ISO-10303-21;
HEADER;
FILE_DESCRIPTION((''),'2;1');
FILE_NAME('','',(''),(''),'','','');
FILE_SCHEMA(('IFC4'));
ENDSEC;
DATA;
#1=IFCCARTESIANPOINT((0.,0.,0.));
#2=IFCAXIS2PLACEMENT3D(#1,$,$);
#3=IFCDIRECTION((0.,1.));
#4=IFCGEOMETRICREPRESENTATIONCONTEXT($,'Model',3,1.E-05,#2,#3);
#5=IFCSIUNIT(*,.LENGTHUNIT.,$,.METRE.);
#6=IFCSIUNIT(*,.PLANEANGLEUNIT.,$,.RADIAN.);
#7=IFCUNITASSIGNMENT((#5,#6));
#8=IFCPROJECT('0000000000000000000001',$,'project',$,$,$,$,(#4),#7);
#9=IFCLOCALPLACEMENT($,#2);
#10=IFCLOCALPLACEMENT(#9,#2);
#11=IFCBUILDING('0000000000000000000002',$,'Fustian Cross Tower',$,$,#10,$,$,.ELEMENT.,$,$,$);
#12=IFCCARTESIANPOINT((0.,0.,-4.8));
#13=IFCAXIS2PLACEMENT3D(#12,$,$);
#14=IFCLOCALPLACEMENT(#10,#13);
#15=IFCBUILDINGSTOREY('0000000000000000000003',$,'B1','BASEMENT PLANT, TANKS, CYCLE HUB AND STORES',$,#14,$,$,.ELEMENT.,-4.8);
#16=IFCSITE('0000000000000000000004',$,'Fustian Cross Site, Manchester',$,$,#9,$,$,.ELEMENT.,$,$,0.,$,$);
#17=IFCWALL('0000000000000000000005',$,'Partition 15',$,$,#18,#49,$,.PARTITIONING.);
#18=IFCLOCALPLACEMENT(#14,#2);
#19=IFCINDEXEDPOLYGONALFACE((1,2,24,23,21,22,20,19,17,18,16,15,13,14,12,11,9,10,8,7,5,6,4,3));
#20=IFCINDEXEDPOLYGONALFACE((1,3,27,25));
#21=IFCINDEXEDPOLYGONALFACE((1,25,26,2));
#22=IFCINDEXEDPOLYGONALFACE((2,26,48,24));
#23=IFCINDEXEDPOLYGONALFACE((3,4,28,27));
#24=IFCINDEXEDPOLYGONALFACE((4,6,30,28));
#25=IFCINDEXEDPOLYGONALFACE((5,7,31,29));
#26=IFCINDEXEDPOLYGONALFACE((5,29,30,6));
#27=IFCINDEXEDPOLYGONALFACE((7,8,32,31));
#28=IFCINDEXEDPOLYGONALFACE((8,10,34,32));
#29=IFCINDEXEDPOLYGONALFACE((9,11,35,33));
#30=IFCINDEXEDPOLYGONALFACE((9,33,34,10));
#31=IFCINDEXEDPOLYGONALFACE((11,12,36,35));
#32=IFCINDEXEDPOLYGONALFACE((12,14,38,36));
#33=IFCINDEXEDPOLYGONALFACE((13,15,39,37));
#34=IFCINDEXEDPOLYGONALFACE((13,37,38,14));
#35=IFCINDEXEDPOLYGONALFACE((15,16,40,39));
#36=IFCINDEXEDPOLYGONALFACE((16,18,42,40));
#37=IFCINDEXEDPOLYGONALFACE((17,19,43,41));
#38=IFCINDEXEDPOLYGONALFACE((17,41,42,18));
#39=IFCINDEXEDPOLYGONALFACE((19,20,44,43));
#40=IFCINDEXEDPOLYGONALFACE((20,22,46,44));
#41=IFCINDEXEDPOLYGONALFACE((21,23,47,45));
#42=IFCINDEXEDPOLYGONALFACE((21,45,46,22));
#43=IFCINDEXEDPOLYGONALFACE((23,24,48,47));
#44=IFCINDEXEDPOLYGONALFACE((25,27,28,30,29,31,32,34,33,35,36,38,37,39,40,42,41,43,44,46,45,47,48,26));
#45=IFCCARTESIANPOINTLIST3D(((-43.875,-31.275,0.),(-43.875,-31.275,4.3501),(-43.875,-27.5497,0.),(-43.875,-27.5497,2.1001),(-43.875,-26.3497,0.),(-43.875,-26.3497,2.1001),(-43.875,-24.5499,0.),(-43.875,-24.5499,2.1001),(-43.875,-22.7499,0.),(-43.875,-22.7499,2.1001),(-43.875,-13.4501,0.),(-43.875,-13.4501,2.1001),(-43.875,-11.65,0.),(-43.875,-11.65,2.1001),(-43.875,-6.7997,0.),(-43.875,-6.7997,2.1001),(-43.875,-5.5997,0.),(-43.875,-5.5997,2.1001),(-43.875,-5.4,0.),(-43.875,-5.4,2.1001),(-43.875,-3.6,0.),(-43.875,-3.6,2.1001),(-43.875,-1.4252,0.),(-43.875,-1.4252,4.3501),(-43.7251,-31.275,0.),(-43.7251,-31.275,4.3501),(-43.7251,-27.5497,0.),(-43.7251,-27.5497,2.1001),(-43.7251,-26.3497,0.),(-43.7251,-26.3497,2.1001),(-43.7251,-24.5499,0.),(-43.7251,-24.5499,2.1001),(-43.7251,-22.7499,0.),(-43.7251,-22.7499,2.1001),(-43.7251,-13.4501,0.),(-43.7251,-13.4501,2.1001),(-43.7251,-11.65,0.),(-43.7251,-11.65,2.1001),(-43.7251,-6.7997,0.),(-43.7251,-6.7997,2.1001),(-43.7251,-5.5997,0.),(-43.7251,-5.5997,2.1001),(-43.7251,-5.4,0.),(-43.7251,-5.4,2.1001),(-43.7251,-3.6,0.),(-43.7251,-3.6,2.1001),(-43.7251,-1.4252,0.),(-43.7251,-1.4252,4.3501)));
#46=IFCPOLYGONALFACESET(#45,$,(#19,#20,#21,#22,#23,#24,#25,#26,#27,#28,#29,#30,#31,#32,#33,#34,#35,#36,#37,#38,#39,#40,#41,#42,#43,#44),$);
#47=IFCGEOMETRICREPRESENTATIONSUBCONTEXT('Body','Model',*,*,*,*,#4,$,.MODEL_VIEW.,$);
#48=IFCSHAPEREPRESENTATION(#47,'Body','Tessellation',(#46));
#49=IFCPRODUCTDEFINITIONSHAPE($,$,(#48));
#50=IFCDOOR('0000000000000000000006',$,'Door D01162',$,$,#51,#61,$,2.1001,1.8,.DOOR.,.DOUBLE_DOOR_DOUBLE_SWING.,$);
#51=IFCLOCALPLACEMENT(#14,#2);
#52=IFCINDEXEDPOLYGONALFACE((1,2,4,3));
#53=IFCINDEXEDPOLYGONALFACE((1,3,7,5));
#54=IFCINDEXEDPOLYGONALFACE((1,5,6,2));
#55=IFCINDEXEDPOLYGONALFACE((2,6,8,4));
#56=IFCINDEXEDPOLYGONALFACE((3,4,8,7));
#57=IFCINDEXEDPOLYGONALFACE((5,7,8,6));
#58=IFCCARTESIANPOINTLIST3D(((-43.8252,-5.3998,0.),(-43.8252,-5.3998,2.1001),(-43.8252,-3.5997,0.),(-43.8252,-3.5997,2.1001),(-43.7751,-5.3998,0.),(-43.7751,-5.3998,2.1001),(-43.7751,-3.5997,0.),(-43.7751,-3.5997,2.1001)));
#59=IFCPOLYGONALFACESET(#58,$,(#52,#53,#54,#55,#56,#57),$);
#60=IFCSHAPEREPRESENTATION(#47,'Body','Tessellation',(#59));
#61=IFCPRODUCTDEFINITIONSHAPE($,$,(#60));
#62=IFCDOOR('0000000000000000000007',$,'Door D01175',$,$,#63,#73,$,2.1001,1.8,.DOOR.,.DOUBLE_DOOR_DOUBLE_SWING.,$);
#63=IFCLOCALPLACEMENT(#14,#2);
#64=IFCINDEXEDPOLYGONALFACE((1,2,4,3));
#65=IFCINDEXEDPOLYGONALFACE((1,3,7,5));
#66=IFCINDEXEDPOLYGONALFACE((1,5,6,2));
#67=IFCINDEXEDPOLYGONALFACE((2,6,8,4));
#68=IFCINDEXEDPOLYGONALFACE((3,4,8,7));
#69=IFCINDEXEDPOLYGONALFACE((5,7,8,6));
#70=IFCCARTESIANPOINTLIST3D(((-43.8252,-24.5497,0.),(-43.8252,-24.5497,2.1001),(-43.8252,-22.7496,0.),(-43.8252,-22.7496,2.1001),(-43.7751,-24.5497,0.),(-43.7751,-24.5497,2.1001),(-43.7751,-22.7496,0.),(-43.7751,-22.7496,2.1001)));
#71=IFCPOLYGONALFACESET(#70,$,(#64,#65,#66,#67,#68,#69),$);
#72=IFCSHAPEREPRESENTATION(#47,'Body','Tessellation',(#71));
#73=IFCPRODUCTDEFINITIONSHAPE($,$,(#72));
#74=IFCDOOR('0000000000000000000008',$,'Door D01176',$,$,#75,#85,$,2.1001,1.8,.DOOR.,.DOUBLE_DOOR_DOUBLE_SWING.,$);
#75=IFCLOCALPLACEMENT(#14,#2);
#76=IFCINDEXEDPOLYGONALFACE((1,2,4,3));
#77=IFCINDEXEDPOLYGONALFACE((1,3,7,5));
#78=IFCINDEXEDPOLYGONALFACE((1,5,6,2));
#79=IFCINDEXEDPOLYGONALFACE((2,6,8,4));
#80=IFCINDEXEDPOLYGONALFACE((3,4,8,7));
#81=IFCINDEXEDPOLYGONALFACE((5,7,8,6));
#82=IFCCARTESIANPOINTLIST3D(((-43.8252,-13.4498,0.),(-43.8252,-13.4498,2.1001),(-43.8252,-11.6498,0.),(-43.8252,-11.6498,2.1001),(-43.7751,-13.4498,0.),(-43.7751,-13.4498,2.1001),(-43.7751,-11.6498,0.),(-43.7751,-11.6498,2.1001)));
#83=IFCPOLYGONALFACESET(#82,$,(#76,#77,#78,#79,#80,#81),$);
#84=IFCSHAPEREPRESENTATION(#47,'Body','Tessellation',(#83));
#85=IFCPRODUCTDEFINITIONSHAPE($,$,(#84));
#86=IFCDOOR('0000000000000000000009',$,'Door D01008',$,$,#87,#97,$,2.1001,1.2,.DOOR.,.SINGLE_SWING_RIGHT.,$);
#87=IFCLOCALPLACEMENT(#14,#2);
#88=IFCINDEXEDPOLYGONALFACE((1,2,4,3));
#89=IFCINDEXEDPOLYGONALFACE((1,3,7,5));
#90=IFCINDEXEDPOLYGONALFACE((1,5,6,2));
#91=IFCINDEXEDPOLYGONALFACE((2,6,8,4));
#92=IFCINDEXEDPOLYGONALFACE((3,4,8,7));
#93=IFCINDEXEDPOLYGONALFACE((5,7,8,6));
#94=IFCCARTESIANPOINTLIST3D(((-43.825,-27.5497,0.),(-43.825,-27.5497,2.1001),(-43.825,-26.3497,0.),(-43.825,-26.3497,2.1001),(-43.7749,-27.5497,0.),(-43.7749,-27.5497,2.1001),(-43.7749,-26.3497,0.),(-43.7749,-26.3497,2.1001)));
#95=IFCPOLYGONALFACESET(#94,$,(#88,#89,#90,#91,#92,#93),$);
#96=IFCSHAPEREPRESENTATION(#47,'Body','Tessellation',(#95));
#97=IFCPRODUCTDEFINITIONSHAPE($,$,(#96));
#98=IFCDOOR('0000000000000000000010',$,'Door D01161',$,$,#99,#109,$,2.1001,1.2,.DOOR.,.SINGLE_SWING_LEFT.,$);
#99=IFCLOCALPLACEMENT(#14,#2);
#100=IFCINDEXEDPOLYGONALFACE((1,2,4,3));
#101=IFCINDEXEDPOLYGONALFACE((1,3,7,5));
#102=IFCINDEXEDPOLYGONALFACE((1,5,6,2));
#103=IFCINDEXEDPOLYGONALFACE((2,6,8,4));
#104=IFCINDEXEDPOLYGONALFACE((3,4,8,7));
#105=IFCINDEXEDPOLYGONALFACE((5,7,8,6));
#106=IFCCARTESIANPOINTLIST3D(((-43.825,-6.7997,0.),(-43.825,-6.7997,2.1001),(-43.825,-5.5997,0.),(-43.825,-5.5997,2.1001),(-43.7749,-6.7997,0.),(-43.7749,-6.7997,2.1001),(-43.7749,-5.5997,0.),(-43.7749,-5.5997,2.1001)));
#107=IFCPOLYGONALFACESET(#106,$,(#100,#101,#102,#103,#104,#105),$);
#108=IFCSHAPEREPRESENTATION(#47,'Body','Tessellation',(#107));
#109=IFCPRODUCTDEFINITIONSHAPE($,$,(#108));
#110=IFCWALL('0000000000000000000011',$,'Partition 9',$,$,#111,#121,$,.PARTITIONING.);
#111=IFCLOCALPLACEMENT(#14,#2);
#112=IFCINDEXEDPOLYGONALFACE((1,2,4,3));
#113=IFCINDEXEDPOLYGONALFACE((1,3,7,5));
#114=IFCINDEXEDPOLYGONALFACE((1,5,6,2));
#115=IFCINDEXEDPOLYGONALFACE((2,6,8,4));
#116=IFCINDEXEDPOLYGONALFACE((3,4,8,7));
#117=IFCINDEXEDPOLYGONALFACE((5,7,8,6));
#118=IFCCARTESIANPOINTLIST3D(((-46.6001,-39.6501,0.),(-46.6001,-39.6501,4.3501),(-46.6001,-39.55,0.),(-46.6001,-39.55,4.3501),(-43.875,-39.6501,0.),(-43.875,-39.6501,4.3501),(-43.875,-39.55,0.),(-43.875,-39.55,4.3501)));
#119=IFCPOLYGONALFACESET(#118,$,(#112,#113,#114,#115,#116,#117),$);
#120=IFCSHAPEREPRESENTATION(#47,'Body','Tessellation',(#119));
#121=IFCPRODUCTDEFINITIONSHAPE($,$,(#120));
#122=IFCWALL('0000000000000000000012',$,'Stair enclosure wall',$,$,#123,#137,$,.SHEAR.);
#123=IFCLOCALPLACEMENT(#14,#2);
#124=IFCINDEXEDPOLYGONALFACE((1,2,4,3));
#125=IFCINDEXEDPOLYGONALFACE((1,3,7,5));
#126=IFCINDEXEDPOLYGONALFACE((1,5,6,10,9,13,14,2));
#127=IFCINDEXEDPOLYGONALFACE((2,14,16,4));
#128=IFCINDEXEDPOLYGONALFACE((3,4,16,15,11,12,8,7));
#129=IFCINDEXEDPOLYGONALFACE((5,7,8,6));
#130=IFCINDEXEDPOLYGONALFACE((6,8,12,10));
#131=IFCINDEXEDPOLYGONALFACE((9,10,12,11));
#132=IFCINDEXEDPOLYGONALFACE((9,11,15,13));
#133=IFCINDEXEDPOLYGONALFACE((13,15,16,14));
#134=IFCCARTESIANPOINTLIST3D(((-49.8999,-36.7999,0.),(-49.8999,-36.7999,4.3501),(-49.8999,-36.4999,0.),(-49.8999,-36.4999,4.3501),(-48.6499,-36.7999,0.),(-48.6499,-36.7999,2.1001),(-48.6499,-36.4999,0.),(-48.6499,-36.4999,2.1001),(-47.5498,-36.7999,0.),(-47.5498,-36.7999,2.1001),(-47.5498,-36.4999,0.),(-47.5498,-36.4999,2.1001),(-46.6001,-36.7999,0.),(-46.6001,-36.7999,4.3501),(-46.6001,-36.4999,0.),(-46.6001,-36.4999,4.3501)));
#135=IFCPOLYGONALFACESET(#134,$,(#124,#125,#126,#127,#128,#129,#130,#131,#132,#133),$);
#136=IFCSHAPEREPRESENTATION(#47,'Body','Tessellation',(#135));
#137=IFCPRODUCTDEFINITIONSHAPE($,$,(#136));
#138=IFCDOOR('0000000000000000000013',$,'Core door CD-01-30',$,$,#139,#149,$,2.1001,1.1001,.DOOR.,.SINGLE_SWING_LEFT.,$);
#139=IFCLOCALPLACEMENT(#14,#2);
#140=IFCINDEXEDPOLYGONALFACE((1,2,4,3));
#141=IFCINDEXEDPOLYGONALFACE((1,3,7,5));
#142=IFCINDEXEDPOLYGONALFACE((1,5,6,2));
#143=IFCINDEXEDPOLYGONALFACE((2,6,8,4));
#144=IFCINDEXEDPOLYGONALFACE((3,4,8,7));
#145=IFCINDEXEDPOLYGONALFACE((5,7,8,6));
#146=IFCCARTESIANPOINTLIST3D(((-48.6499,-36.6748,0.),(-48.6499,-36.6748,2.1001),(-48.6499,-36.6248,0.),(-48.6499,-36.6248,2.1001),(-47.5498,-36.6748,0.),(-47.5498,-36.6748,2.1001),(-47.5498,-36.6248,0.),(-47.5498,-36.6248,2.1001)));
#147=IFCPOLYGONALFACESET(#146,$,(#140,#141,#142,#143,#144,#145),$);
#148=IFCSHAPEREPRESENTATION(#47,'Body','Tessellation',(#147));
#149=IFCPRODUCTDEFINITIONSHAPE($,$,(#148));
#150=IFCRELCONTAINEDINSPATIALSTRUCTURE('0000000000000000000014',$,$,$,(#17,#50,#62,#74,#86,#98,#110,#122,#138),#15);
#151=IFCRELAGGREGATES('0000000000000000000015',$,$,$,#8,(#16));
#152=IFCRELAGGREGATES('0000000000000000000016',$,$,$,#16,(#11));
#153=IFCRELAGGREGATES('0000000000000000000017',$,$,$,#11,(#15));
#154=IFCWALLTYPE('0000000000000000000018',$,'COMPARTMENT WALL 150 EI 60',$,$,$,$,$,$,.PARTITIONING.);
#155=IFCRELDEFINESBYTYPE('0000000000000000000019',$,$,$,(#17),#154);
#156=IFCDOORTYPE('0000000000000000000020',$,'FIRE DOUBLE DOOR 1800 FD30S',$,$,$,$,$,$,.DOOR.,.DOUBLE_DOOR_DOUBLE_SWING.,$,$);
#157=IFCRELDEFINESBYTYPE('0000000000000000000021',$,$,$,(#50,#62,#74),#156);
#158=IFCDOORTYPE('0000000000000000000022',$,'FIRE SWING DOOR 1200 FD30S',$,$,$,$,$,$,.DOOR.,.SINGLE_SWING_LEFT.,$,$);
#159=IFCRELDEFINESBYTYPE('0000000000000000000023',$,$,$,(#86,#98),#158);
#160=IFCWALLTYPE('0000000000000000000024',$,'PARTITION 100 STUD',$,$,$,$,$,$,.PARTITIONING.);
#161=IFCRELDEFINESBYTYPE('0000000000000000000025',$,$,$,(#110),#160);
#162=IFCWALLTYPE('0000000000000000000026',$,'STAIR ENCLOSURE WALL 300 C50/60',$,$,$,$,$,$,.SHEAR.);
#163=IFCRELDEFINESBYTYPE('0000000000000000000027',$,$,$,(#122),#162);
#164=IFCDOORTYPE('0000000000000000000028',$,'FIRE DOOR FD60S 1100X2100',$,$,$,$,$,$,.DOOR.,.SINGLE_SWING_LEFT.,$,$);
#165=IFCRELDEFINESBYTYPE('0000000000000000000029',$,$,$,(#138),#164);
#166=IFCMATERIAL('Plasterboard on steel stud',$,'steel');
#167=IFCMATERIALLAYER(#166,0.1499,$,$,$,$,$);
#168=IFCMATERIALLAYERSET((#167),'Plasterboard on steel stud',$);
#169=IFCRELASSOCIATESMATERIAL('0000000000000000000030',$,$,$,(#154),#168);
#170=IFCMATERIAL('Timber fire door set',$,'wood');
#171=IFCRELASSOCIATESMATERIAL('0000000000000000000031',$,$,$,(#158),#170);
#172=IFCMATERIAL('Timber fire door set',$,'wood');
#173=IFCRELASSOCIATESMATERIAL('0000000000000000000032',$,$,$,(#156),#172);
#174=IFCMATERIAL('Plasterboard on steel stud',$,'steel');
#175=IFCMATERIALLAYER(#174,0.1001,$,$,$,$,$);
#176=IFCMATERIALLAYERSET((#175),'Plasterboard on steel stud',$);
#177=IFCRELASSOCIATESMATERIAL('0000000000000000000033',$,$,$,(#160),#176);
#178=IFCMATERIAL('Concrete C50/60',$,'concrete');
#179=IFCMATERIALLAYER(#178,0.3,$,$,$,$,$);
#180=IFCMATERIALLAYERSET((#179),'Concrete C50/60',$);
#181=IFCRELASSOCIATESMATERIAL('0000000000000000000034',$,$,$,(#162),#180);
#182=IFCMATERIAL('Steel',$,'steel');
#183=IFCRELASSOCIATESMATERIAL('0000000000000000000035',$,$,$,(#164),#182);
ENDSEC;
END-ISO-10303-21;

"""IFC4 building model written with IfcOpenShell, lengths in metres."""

from ifc_helpers import new_model, si_unit, direction, frame, frame_2d, origin, place, context, subcontext, project, spatial, rectangle, extrude, material, layer, layer_set, type_object, element, fill, save


model = new_model("IFC4")

# Units and contexts
model_context = context("Model", 3, precision=1e-05, world=origin(), true_north=direction((0.0, 1.0)))
body_context = subcontext(model_context, "Body", "Model", "MODEL_VIEW")
ifc_project = project(units=[si_unit("LENGTHUNIT", "METRE"), si_unit("PLANEANGLEUNIT", "RADIAN")], contexts=[model_context])

# Site, building, storey
site_placement = place(None, origin())
site = spatial("IfcSite", under=ifc_project, at=site_placement, Name="Fustian Cross Site, Manchester", CompositionType="ELEMENT", RefElevation=0.0)
building_placement = place(site_placement, origin())
building = spatial("IfcBuilding", under=site, at=building_placement, Name="Fustian Cross Tower", CompositionType="ELEMENT")
storey_placement = place(building_placement, frame((0.0, 0.0, -4.8)))
storey = spatial("IfcBuildingStorey", under=building, at=storey_placement, Name="B1", Description="BASEMENT PLANT, TANKS, CYCLE HUB AND STORES", CompositionType="ELEMENT", Elevation=-4.8)

# Shared definitions
ifc_material_1 = material(Name="Plasterboard on steel stud", Category="steel")
ifc_layer_1 = layer(ifc_material_1, 0.1499)
ifc_layer_set_1 = layer_set([ifc_layer_1], Name="Plasterboard on steel stud")
wall_type_1 = type_object("IfcWallType", Name="COMPARTMENT WALL 150 EI 60", PredefinedType="PARTITIONING", material=ifc_layer_set_1)
ifc_material_2 = material(Name="Timber fire door set", Category="wood")
door_type_1 = type_object("IfcDoorType", Name="FIRE SWING DOOR 1200 FD30S", OperationType="SINGLE_SWING_LEFT", PredefinedType="DOOR", material=ifc_material_2)

# Wall, openings, doors
wall_1_placement = place(storey_placement, frame((-43.8, -31.2749, 0.0), z_axis=(0.0, 0.0, 1.0), x_axis=(0.0, 1.0, 0.0)))
wall_1 = element("IfcWall", 1, at=wall_1_placement, inside=storey, type_object=wall_type_1, Name="Partition 15", PredefinedType="PARTITIONING", context=body_context, shape_type="SweptSolid", body=[
    extrude(rectangle(XDim=29.8499, YDim=0.1499, at=frame_2d((14.9248, 0.0))), origin(), (0.0, 0.0, 1.0), 4.3501),
])
opening_1_placement = place(wall_1_placement, frame((3.7251, 0.0, 0.0)))
opening_1 = element("IfcOpeningElement", 2, at=opening_1_placement, cuts=wall_1, PredefinedType="OPENING", context=body_context, shape_type="SweptSolid", body=[
    extrude(rectangle(XDim=1.2, YDim=2.1001, at=frame_2d((0.6001, 1.05))), frame((0.0, 0.085, 0.0), z_axis=(0.0, -1.0, 0.0), x_axis=(1.0, 0.0, 0.0)), (0.0, 0.0, 1.0), 0.1699),
])
opening_2_placement = place(wall_1_placement, frame((24.4751, 0.0, 0.0)))
opening_2 = element("IfcOpeningElement", 3, at=opening_2_placement, cuts=wall_1, PredefinedType="OPENING", context=body_context, shape_type="SweptSolid", body=[
    extrude(rectangle(XDim=1.2, YDim=2.1001, at=frame_2d((0.6001, 1.05))), frame((0.0, 0.085, 0.0), z_axis=(0.0, -1.0, 0.0), x_axis=(1.0, 0.0, 0.0)), (0.0, 0.0, 1.0), 0.1699),
])
opening_3_placement = place(wall_1_placement, frame((25.875, 0.0, 0.0)))
opening_3 = element("IfcOpeningElement", 4, at=opening_3_placement, cuts=wall_1, PredefinedType="OPENING", context=body_context, shape_type="SweptSolid", body=[
    extrude(rectangle(XDim=1.8, YDim=2.1001, at=frame_2d((0.8999, 1.05))), frame((0.0, 0.085, 0.0), z_axis=(0.0, -1.0, 0.0), x_axis=(1.0, 0.0, 0.0)), (0.0, 0.0, 1.0), 0.1699),
])
opening_4_placement = place(wall_1_placement, frame((6.7251, 0.0, 0.0)))
opening_4 = element("IfcOpeningElement", 5, at=opening_4_placement, cuts=wall_1, PredefinedType="OPENING", context=body_context, shape_type="SweptSolid", body=[
    extrude(rectangle(XDim=1.8, YDim=2.1001, at=frame_2d((0.8999, 1.05))), frame((0.0, 0.085, 0.0), z_axis=(0.0, -1.0, 0.0), x_axis=(1.0, 0.0, 0.0)), (0.0, 0.0, 1.0), 0.1699),
])
opening_5_placement = place(wall_1_placement, frame((17.825, 0.0, 0.0)))
opening_5 = element("IfcOpeningElement", 6, at=opening_5_placement, cuts=wall_1, PredefinedType="OPENING", context=body_context, shape_type="SweptSolid", body=[
    extrude(rectangle(XDim=1.8, YDim=2.1001, at=frame_2d((0.8999, 1.05))), frame((0.0, 0.085, 0.0), z_axis=(0.0, -1.0, 0.0), x_axis=(1.0, 0.0, 0.0)), (0.0, 0.0, 1.0), 0.1699),
])
ifc_material_3 = material(Name="Timber fire door set", Category="wood")
door_type_2 = type_object("IfcDoorType", Name="FIRE DOUBLE DOOR 1800 FD30S", OperationType="DOUBLE_DOOR_DOUBLE_SWING", PredefinedType="DOOR", material=ifc_material_3)
door_1_placement = place(opening_3_placement, frame((1.8, 0.0, 0.0), z_axis=(0.0, 0.0, 1.0), x_axis=(-1.0, 0.0, 0.0)))
door_1 = element("IfcDoor", 7, at=door_1_placement, inside=storey, type_object=door_type_2, Name="Door D01162", OperationType="DOUBLE_DOOR_DOUBLE_SWING", OverallHeight=2.1001, OverallWidth=1.8, PredefinedType="DOOR", context=body_context, shape_type="SweptSolid", body=[
    extrude(rectangle(XDim=1.8, YDim=2.1001, at=frame_2d((0.8999, 1.05))), frame((0.0, 0.0249, 0.0), z_axis=(0.0, -1.0, 0.0), x_axis=(1.0, 0.0, 0.0)), (0.0, 0.0, 1.0), 0.05),
])
fill(opening_3, door_1)
door_2_placement = place(opening_4_placement, frame((1.8, 0.0, 0.0), z_axis=(0.0, 0.0, 1.0), x_axis=(-1.0, 0.0, 0.0)))
door_2 = element("IfcDoor", 8, at=door_2_placement, inside=storey, type_object=door_type_2, Name="Door D01175", OperationType="DOUBLE_DOOR_DOUBLE_SWING", OverallHeight=2.1001, OverallWidth=1.8, PredefinedType="DOOR", context=body_context, shape_type="SweptSolid", body=[
    extrude(rectangle(XDim=1.8, YDim=2.1001, at=frame_2d((0.8999, 1.05))), frame((0.0, 0.0249, 0.0), z_axis=(0.0, -1.0, 0.0), x_axis=(1.0, 0.0, 0.0)), (0.0, 0.0, 1.0), 0.05),
])
fill(opening_4, door_2)
door_3_placement = place(opening_5_placement, frame((1.8, 0.0, 0.0), z_axis=(0.0, 0.0, 1.0), x_axis=(-1.0, 0.0, 0.0)))
door_3 = element("IfcDoor", 9, at=door_3_placement, inside=storey, type_object=door_type_2, Name="Door D01176", OperationType="DOUBLE_DOOR_DOUBLE_SWING", OverallHeight=2.1001, OverallWidth=1.8, PredefinedType="DOOR", context=body_context, shape_type="SweptSolid", body=[
    extrude(rectangle(XDim=1.8, YDim=2.1001, at=frame_2d((0.8999, 1.05))), frame((0.0, 0.0249, 0.0), z_axis=(0.0, -1.0, 0.0), x_axis=(1.0, 0.0, 0.0)), (0.0, 0.0, 1.0), 0.05),
])
fill(opening_5, door_3)
door_4_placement = place(opening_1_placement, origin())
door_4 = element("IfcDoor", 10, at=door_4_placement, inside=storey, type_object=door_type_1, Name="Door D01008", OperationType="SINGLE_SWING_RIGHT", OverallHeight=2.1001, OverallWidth=1.2, PredefinedType="DOOR", context=body_context, shape_type="SweptSolid", body=[
    extrude(rectangle(XDim=1.2, YDim=2.1001, at=frame_2d((0.6001, 1.05))), frame((0.0, 0.0249, 0.0), z_axis=(0.0, -1.0, 0.0), x_axis=(1.0, 0.0, 0.0)), (0.0, 0.0, 1.0), 0.05),
])
fill(opening_1, door_4)
door_5_placement = place(opening_2_placement, origin())
door_5 = element("IfcDoor", 11, at=door_5_placement, inside=storey, type_object=door_type_1, Name="Door D01161", OperationType="SINGLE_SWING_LEFT", OverallHeight=2.1001, OverallWidth=1.2, PredefinedType="DOOR", context=body_context, shape_type="SweptSolid", body=[
    extrude(rectangle(XDim=1.2, YDim=2.1001, at=frame_2d((0.6001, 1.05))), frame((0.0, 0.0249, 0.0), z_axis=(0.0, -1.0, 0.0), x_axis=(1.0, 0.0, 0.0)), (0.0, 0.0, 1.0), 0.05),
])
fill(opening_2, door_5)

# Wall
ifc_material_4 = material(Name="Plasterboard on steel stud", Category="steel")
ifc_layer_2 = layer(ifc_material_4, 0.1001)
ifc_layer_set_2 = layer_set([ifc_layer_2], Name="Plasterboard on steel stud")
wall_type_2 = type_object("IfcWallType", Name="PARTITION 100 STUD", PredefinedType="PARTITIONING", material=ifc_layer_set_2)
wall_2_placement = place(storey_placement, frame((-46.6001, -39.6001, 0.0), z_axis=(0.0, 0.0, 1.0), x_axis=(1.0, 0.0, 0.0)))
element("IfcWall", 12, at=wall_2_placement, inside=storey, type_object=wall_type_2, Name="Partition 9", PredefinedType="PARTITIONING", context=body_context, shape_type="SweptSolid", body=[
    extrude(rectangle(XDim=2.7251, YDim=0.1001, at=frame_2d((1.3625, 0.0))), origin(), (0.0, 0.0, 1.0), 4.3501),
])

# Wall, opening, door
ifc_material_5 = material(Name="Concrete C50/60", Category="concrete")
ifc_layer_3 = layer(ifc_material_5, 0.3)
ifc_layer_set_3 = layer_set([ifc_layer_3], Name="Concrete C50/60")
wall_type_3 = type_object("IfcWallType", Name="STAIR ENCLOSURE WALL 300 C50/60", PredefinedType="SHEAR", material=ifc_layer_set_3)
wall_3_placement = place(storey_placement, frame((-49.8999, -36.6499, 0.0), z_axis=(0.0, 0.0, 1.0), x_axis=(1.0, 0.0, 0.0)))
wall_3 = element("IfcWall", 13, at=wall_3_placement, inside=storey, type_object=wall_type_3, Name="Stair enclosure wall", PredefinedType="SHEAR", context=body_context, shape_type="SweptSolid", body=[
    extrude(rectangle(XDim=3.2998, YDim=0.3, at=frame_2d((1.6499, 0.0))), origin(), (0.0, 0.0, 1.0), 4.3501),
])
opening_6_placement = place(wall_3_placement, frame((1.25, 0.0, 0.0)))
opening_6 = element("IfcOpeningElement", 14, at=opening_6_placement, cuts=wall_3, PredefinedType="OPENING", context=body_context, shape_type="SweptSolid", body=[
    extrude(rectangle(XDim=1.1001, YDim=2.1001, at=frame_2d((0.55, 1.05))), frame((0.0, 0.1599, 0.0), z_axis=(0.0, -1.0, 0.0), x_axis=(1.0, 0.0, 0.0)), (0.0, 0.0, 1.0), 0.3201),
])
ifc_material_6 = material(Name="Steel", Category="steel")
door_type_3 = type_object("IfcDoorType", Name="FIRE DOOR FD60S 1100X2100", OperationType="SINGLE_SWING_LEFT", PredefinedType="DOOR", material=ifc_material_6)
door_6_placement = place(opening_6_placement, frame((1.1001, 0.0, 0.0), z_axis=(0.0, 0.0, 1.0), x_axis=(-1.0, 0.0, 0.0)))
door_6 = element("IfcDoor", 15, at=door_6_placement, inside=storey, type_object=door_type_3, Name="Core door CD-01-30", OperationType="SINGLE_SWING_LEFT", OverallHeight=2.1001, OverallWidth=1.1001, PredefinedType="DOOR", context=body_context, shape_type="SweptSolid", body=[
    extrude(rectangle(XDim=1.1001, YDim=2.1001, at=frame_2d((0.55, 1.05))), frame((0.0, 0.0249, 0.0), z_axis=(0.0, -1.0, 0.0), x_axis=(1.0, 0.0, 0.0)), (0.0, 0.0, 1.0), 0.05),
])
fill(opening_6, door_6)

save(model, "model.ifc")
